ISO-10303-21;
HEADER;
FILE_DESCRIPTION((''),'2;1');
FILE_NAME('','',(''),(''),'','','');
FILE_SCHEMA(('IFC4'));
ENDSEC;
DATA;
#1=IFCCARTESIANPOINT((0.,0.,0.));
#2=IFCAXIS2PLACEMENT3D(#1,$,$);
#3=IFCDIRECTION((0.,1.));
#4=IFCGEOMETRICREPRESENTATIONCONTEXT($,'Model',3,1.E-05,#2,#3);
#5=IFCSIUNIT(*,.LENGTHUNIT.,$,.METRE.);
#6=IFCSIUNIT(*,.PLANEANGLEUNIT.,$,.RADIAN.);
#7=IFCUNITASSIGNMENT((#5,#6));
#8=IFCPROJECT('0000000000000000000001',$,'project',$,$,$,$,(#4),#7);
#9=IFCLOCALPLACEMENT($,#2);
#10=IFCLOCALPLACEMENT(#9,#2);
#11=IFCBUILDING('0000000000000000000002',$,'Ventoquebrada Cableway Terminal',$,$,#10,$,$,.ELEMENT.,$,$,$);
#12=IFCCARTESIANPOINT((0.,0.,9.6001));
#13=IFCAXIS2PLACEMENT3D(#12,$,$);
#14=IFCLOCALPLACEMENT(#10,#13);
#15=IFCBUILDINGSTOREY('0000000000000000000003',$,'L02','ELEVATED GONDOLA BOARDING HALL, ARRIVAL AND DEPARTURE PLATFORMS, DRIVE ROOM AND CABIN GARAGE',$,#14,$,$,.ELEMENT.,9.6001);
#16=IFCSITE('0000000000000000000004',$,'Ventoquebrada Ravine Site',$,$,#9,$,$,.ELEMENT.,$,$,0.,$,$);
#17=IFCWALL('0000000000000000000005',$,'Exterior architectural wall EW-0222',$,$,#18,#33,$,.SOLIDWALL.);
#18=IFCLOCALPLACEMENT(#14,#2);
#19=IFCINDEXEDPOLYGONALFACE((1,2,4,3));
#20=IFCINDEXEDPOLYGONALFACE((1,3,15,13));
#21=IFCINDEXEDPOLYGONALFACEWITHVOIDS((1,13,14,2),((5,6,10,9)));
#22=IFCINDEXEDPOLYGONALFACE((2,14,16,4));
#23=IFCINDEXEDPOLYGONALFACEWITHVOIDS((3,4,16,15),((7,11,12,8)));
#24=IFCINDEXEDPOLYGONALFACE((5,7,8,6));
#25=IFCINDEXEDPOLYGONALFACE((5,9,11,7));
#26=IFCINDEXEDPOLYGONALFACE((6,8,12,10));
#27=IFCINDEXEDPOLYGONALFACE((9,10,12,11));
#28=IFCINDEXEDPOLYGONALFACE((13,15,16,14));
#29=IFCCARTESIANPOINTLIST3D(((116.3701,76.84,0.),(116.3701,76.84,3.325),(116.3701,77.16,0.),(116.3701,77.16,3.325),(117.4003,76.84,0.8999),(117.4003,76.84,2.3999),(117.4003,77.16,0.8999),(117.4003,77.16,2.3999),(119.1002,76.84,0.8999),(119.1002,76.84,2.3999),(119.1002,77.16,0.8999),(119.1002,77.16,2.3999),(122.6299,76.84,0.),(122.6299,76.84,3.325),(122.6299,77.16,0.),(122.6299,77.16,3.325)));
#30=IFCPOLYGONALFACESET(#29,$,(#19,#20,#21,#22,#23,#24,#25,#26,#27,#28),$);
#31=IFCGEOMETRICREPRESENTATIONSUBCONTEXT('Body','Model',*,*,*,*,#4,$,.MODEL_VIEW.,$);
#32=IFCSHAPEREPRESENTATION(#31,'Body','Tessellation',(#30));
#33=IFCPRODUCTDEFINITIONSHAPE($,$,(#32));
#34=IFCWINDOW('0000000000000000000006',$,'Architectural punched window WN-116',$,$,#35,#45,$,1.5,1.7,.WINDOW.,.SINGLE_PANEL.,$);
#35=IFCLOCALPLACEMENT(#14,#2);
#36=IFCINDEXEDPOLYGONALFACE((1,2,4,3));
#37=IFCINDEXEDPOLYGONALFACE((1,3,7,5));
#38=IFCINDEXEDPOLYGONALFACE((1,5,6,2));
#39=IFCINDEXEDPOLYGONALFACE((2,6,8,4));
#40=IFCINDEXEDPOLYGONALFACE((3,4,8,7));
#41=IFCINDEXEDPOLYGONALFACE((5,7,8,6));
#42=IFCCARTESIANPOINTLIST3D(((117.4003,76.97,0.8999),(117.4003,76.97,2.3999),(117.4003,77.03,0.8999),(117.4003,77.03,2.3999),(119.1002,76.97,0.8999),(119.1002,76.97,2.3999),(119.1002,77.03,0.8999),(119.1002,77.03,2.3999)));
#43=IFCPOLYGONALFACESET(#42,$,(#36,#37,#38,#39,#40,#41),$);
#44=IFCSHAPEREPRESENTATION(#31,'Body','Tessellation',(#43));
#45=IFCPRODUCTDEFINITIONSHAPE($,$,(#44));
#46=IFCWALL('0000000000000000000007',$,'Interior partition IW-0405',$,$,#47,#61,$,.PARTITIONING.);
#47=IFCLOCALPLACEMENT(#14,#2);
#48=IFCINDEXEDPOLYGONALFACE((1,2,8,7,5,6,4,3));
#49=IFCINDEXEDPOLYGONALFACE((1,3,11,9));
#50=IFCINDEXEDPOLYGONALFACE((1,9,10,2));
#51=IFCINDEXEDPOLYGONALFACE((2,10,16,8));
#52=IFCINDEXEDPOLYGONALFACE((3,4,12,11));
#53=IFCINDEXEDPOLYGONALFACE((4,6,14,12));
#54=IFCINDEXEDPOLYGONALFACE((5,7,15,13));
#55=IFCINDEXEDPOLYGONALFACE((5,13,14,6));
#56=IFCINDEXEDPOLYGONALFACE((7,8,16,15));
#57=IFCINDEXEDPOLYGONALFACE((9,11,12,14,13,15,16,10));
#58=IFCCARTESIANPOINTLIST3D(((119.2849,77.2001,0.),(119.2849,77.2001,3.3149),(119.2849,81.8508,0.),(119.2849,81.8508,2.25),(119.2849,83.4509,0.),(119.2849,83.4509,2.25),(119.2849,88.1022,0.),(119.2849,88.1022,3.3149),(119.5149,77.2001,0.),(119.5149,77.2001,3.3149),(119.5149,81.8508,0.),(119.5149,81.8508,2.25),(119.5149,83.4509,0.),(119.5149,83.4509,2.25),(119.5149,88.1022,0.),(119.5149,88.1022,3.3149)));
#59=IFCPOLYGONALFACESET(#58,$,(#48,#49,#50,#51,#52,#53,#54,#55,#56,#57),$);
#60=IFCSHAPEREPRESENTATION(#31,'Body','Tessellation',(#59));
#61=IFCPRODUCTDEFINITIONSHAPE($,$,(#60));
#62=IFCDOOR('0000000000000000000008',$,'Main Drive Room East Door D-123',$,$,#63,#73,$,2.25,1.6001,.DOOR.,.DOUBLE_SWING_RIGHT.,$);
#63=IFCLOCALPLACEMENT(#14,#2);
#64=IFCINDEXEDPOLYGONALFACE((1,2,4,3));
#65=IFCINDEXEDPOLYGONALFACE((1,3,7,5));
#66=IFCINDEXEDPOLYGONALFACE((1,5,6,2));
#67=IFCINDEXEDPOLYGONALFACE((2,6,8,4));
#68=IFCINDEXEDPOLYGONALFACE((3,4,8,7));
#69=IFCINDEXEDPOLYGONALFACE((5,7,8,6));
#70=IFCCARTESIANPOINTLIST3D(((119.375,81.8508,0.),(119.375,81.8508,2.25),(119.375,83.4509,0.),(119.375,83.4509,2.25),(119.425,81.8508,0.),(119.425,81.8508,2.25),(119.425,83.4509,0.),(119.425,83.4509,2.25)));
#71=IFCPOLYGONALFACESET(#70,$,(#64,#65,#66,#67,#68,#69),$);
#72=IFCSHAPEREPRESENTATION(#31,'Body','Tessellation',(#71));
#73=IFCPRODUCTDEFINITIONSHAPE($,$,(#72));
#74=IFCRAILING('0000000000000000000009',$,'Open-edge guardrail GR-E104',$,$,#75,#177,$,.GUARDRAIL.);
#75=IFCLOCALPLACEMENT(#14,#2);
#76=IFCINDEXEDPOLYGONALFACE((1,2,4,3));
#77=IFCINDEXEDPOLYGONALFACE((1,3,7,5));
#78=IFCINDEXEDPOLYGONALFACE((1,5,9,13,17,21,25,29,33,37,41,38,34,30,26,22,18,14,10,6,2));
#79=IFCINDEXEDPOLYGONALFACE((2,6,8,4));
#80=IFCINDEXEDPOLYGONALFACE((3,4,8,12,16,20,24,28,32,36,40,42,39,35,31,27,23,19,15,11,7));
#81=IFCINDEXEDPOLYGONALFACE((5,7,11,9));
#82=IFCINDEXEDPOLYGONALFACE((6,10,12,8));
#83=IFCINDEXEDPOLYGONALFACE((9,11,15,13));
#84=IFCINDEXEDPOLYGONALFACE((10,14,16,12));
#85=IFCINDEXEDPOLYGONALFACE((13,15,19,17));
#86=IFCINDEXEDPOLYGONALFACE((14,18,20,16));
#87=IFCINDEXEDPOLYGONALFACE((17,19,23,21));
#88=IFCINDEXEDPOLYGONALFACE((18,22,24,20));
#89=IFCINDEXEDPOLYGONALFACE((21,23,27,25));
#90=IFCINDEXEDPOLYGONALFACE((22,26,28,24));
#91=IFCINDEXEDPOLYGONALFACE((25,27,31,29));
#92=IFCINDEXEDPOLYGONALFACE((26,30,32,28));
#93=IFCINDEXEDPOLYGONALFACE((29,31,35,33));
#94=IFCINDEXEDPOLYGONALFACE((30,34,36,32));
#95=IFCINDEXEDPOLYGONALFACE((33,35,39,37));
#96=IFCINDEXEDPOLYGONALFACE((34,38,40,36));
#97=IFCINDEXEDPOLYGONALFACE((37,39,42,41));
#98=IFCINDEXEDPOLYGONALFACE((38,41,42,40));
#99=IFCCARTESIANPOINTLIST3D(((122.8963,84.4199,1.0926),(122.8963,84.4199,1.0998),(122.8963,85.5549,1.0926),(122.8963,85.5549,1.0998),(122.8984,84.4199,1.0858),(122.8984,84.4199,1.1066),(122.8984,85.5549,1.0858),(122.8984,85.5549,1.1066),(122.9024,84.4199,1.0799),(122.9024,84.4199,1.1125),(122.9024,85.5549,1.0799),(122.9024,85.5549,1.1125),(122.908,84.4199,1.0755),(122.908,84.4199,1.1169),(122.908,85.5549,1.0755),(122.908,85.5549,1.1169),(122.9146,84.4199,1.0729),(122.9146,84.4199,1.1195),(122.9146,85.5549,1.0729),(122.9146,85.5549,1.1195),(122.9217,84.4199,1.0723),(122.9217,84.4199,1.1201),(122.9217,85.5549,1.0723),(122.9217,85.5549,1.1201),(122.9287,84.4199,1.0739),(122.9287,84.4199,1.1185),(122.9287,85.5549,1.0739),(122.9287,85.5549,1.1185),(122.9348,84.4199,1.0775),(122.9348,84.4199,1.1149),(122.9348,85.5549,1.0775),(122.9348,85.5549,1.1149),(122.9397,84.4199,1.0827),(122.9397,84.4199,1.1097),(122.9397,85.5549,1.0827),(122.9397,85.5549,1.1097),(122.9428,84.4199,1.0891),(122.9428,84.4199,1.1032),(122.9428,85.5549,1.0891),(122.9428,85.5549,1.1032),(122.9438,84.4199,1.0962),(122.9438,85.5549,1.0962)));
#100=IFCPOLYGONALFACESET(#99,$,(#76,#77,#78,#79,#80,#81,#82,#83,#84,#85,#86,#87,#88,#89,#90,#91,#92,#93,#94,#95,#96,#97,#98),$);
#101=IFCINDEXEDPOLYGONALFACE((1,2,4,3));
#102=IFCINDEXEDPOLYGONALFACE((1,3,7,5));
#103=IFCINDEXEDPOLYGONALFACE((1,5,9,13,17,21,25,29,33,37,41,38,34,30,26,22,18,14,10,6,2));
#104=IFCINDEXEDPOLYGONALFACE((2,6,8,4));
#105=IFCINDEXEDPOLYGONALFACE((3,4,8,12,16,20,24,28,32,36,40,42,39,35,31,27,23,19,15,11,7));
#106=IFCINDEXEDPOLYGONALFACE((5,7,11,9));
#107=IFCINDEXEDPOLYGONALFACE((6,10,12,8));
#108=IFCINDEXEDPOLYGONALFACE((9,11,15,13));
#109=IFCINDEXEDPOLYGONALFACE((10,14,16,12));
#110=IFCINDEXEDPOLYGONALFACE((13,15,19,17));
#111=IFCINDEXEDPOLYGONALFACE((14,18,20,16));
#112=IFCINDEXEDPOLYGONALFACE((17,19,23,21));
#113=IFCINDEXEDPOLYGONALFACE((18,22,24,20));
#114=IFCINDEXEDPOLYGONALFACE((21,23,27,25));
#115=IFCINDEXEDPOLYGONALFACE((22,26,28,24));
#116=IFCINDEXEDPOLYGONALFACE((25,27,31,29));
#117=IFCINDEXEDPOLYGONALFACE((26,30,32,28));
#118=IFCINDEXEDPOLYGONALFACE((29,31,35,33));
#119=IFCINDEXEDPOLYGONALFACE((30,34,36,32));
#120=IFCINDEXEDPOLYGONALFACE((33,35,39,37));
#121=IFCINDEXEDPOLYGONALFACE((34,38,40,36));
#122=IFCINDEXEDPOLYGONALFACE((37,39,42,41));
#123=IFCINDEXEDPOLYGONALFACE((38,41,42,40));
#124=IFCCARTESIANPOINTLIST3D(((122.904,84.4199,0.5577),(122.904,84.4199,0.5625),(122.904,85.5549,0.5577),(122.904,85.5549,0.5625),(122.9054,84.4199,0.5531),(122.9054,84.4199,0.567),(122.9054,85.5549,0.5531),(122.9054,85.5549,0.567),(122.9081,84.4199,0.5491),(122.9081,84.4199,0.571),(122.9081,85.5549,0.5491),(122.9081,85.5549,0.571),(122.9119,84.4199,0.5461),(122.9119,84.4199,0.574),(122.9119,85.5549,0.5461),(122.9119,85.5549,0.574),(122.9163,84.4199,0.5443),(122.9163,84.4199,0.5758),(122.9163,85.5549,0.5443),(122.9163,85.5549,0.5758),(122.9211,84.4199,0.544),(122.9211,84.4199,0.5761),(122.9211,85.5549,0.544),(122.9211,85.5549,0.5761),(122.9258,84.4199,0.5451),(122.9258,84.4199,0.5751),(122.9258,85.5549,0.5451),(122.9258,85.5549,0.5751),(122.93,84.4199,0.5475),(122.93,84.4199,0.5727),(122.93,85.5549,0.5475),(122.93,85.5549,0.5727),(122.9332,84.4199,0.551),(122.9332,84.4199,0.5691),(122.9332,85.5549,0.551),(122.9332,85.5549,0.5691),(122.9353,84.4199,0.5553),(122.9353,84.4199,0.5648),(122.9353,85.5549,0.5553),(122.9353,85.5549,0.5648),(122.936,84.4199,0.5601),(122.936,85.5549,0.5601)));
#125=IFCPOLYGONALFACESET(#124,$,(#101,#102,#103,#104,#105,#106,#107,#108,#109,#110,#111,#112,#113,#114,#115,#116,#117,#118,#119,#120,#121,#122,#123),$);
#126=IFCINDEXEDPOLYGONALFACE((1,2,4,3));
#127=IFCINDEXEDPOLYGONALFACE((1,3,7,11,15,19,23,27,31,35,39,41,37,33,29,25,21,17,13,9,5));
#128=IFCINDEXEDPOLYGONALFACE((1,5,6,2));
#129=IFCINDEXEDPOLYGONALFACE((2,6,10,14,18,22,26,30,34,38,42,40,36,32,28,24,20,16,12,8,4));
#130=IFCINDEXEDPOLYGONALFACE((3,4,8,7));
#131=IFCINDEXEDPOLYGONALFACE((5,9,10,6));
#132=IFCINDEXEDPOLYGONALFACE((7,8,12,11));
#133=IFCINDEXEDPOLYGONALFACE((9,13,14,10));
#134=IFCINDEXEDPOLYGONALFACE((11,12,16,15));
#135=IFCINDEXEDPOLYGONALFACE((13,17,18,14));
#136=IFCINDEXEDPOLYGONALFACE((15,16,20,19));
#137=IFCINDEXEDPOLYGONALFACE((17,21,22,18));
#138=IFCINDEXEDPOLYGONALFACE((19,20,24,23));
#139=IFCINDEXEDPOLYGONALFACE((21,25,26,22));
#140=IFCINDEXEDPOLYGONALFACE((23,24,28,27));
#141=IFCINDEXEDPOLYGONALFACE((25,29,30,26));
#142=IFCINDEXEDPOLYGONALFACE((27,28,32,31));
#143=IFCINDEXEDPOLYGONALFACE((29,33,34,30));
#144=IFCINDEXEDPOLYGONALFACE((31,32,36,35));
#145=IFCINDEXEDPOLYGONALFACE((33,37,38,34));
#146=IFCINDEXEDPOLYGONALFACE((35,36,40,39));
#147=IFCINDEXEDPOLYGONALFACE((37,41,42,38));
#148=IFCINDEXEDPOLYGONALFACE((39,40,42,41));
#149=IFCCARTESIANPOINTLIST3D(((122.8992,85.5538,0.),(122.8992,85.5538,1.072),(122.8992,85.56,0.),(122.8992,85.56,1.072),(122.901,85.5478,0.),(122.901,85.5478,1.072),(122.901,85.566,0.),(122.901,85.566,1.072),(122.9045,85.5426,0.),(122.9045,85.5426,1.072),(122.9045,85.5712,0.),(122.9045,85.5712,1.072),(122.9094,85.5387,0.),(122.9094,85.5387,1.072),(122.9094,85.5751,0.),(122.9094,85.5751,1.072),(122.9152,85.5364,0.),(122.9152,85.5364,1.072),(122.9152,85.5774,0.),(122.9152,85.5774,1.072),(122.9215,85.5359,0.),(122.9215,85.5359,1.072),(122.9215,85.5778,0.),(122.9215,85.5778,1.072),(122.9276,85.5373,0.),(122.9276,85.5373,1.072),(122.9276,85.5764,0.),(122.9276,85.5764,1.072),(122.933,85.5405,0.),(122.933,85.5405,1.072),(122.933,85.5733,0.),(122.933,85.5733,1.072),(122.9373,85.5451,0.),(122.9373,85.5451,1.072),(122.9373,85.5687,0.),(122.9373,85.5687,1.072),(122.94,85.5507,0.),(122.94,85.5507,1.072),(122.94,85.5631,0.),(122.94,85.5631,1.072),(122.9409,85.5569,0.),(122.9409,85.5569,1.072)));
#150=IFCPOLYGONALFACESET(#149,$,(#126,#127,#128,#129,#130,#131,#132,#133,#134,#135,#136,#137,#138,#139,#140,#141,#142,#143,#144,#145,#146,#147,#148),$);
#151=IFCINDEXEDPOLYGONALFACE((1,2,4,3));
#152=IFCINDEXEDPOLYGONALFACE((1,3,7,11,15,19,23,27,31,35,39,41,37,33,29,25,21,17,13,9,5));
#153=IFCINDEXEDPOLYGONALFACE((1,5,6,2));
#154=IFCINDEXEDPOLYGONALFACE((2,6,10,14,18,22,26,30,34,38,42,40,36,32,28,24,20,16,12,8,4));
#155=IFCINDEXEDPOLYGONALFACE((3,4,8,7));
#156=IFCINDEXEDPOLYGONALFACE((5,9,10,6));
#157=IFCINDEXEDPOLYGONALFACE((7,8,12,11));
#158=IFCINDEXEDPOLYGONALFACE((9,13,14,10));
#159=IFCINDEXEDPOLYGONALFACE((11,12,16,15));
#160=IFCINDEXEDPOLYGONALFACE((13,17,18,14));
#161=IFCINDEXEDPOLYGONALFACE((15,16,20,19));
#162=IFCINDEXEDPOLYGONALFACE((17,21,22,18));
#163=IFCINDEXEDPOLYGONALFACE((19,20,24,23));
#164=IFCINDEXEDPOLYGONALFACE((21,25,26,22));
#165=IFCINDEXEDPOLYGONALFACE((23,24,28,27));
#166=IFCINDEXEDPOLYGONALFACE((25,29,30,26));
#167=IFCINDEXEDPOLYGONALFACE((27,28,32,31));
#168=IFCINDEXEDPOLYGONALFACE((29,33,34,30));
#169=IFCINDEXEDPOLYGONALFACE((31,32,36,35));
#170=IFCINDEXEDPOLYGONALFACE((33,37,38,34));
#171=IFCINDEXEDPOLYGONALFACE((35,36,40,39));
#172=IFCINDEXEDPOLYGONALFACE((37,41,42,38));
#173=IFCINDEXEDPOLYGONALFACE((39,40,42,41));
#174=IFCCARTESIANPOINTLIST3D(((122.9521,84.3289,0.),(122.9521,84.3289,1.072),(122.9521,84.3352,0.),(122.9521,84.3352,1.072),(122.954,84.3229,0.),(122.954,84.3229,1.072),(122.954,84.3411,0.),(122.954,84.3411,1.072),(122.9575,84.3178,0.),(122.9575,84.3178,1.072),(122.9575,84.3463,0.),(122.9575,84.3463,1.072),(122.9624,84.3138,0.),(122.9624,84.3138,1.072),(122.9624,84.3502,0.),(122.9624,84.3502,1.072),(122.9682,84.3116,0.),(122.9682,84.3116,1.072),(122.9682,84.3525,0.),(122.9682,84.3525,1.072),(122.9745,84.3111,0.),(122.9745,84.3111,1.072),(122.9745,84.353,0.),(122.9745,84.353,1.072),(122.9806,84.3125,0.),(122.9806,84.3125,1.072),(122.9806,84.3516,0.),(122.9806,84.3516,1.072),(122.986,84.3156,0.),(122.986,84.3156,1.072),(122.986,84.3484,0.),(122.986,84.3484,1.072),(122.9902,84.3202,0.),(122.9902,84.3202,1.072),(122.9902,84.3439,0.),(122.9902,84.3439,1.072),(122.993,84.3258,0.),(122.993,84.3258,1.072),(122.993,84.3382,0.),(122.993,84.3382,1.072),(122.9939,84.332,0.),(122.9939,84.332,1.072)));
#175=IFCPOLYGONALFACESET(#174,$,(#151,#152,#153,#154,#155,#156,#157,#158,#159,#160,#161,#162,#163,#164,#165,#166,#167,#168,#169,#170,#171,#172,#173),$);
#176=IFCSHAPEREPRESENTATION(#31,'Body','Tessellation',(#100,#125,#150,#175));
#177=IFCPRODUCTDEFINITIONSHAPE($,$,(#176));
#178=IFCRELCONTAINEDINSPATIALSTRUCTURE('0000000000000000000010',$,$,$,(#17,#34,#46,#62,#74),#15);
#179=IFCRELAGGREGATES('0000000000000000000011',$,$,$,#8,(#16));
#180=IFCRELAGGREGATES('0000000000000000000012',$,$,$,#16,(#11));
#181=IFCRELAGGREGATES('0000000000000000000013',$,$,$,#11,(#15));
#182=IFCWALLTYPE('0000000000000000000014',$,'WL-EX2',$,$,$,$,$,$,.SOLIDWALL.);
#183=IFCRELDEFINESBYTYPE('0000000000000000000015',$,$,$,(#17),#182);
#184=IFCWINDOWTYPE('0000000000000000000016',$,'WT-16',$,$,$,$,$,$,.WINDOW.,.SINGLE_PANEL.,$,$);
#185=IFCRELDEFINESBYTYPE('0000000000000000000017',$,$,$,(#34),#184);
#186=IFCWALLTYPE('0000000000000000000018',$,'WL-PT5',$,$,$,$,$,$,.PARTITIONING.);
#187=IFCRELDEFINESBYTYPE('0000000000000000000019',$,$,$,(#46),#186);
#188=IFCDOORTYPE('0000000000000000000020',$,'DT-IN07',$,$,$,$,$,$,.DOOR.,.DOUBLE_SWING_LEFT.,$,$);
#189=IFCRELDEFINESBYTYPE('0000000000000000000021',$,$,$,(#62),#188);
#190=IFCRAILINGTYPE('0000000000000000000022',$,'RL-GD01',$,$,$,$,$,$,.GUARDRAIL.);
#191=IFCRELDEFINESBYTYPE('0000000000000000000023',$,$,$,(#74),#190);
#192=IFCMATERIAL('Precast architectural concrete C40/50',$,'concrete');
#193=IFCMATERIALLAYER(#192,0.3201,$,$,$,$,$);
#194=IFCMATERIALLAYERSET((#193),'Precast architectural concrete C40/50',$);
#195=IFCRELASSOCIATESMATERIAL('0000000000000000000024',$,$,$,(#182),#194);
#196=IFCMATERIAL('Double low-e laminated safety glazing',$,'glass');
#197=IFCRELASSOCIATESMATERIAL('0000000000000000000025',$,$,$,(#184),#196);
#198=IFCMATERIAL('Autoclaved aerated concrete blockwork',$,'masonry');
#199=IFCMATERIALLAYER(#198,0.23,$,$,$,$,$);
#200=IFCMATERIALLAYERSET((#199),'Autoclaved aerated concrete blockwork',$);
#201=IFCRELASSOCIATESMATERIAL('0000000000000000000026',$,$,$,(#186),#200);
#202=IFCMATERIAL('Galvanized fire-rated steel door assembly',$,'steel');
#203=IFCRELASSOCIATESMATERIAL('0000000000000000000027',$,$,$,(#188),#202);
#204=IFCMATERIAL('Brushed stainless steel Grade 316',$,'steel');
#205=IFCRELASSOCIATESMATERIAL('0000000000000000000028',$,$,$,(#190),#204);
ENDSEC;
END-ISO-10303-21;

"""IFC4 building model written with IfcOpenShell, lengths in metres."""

from ifc_helpers import new_model, si_unit, direction, frame, frame_2d, origin, origin_2d, place, context, subcontext, project, spatial, rectangle, circle, extrude, material, layer, layer_set, type_object, element, fill, save


model = new_model("IFC4")

# Units and contexts
model_context = context("Model", 3, precision=1e-05, world=origin(), true_north=direction((0.0, 1.0)))
body_context = subcontext(model_context, "Body", "Model", "MODEL_VIEW")
ifc_project = project(units=[si_unit("LENGTHUNIT", "METRE"), si_unit("PLANEANGLEUNIT", "RADIAN")], contexts=[model_context])

# Site, building, storey
site_placement = place(None, origin())
site = spatial("IfcSite", under=ifc_project, at=site_placement, Name="Ventoquebrada Ravine Site", CompositionType="ELEMENT", RefElevation=0.0)
building_placement = place(site_placement, origin())
building = spatial("IfcBuilding", under=site, at=building_placement, Name="Ventoquebrada Cableway Terminal", CompositionType="ELEMENT")
storey_placement = place(building_placement, frame((0.0, 0.0, 9.6001)))
storey = spatial("IfcBuildingStorey", under=building, at=storey_placement, Name="L02", Description="ELEVATED GONDOLA BOARDING HALL, ARRIVAL AND DEPARTURE PLATFORMS, DRIVE ROOM AND CABIN GARAGE", CompositionType="ELEMENT", Elevation=9.6001)

# Wall, opening, window
ifc_material_1 = material(Name="Precast architectural concrete C40/50", Category="concrete")
ifc_material_2 = material(Name="Double low-e laminated safety glazing", Category="glass")
ifc_layer_1 = layer(ifc_material_1, 0.3201)
ifc_layer_set_1 = layer_set([ifc_layer_1], Name="Precast architectural concrete C40/50")
wall_type_1 = type_object("IfcWallType", Name="WL-EX2", PredefinedType="SOLIDWALL", material=ifc_layer_set_1)
wall_1_placement = place(storey_placement, frame((116.3701, 77.0, 0.0), z_axis=(0.0, 0.0, 1.0), x_axis=(1.0, 0.0, 0.0)))
wall_1 = element("IfcWall", 1, at=wall_1_placement, inside=storey, type_object=wall_type_1, Name="Exterior architectural wall EW-0222", PredefinedType="SOLIDWALL", context=body_context, shape_type="SweptSolid", body=[
    extrude(rectangle(XDim=6.2598, YDim=0.3201, at=frame_2d((3.1299, 0.0))), origin(), (0.0, 0.0, 1.0), 3.325),
])
opening_1_placement = place(wall_1_placement, frame((1.03, 0.0, 0.8999)))
opening_1 = element("IfcOpeningElement", 2, at=opening_1_placement, cuts=wall_1, PredefinedType="OPENING", context=body_context, shape_type="SweptSolid", body=[
    extrude(rectangle(XDim=1.7, YDim=1.5, at=frame_2d((0.8501, 0.75))), frame((0.0, 0.1699, 0.0), z_axis=(0.0, -1.0, 0.0), x_axis=(1.0, 0.0, 0.0)), (0.0, 0.0, 1.0), 0.3401),
])
window_type_1 = type_object("IfcWindowType", Name="WT-16", PartitioningType="SINGLE_PANEL", PredefinedType="WINDOW", material=ifc_material_2)
window_1_placement = place(opening_1_placement, origin())
window_1 = element("IfcWindow", 3, at=window_1_placement, inside=storey, type_object=window_type_1, Name="Architectural punched window WN-116", OverallHeight=1.5, OverallWidth=1.7, PartitioningType="SINGLE_PANEL", PredefinedType="WINDOW", context=body_context, shape_type="SweptSolid", body=[
    extrude(rectangle(XDim=1.7, YDim=1.5, at=frame_2d((0.8501, 0.75))), frame((0.0, 0.03, 0.0), z_axis=(0.0, -1.0, 0.0), x_axis=(1.0, 0.0, 0.0)), (0.0, 0.0, 1.0), 0.0601),
])
fill(opening_1, window_1)

# Wall, opening, door
ifc_material_3 = material(Name="Autoclaved aerated concrete blockwork", Category="masonry")
ifc_layer_2 = layer(ifc_material_3, 0.23)
ifc_layer_set_2 = layer_set([ifc_layer_2], Name="Autoclaved aerated concrete blockwork")
wall_type_2 = type_object("IfcWallType", Name="WL-PT5", PredefinedType="PARTITIONING", material=ifc_layer_set_2)
wall_2_placement = place(storey_placement, frame((119.3999, 77.2, 0.0), z_axis=(0.0, 0.0, 1.0), x_axis=(0.0, 1.0, 0.0)))
wall_2 = element("IfcWall", 4, at=wall_2_placement, inside=storey, type_object=wall_type_2, Name="Interior partition IW-0405", PredefinedType="PARTITIONING", context=body_context, shape_type="SweptSolid", body=[
    extrude(rectangle(XDim=10.9021, YDim=0.23, at=frame_2d((5.4512, 0.0))), origin(), (0.0, 0.0, 1.0), 3.3149),
])
opening_2_placement = place(wall_2_placement, frame((4.6509, 0.0, 0.0)))
opening_2 = element("IfcOpeningElement", 5, at=opening_2_placement, cuts=wall_2, PredefinedType="OPENING", context=body_context, shape_type="SweptSolid", body=[
    extrude(rectangle(XDim=1.6001, YDim=2.25, at=frame_2d((0.8, 1.125))), frame((0.0, 0.125, 0.0), z_axis=(0.0, -1.0, 0.0), x_axis=(1.0, 0.0, 0.0)), (0.0, 0.0, 1.0), 0.25),
])
ifc_material_4 = material(Name="Galvanized fire-rated steel door assembly", Category="steel")
door_type = type_object("IfcDoorType", Name="DT-IN07", OperationType="DOUBLE_SWING_LEFT", PredefinedType="DOOR", material=ifc_material_4)
door_placement = place(opening_2_placement, origin())
door = element("IfcDoor", 6, at=door_placement, inside=storey, type_object=door_type, Name="Main Drive Room East Door D-123", OperationType="DOUBLE_SWING_RIGHT", OverallHeight=2.25, OverallWidth=1.6001, PredefinedType="DOOR", context=body_context, shape_type="SweptSolid", body=[
    extrude(rectangle(XDim=1.6001, YDim=2.25, at=frame_2d((0.8, 1.125))), frame((0.0, 0.0249, 0.0), z_axis=(0.0, -1.0, 0.0), x_axis=(1.0, 0.0, 0.0)), (0.0, 0.0, 1.0), 0.05),
])
fill(opening_2, door)

# Railing
ifc_material_5 = material(Name="Brushed stainless steel Grade 316", Category="steel")
railing_type_1 = type_object("IfcRailingType", Name="RL-GD01", PredefinedType="GUARDRAIL", material=ifc_material_5)
railing_1_placement = place(storey_placement, frame((122.9199, 85.5569, 0.0)))
element("IfcRailing", 7, at=railing_1_placement, inside=storey, type_object=railing_type_1, Name="Open-edge guardrail GR-E104", PredefinedType="GUARDRAIL", context=body_context, shape_type="SweptSolid", body=[
    extrude(circle(Radius=0.0239, at=origin_2d()), frame((0.0, -0.002, 1.0962), z_axis=(0.0, -1.0, 0.0), x_axis=(1.0, 0.0, 0.0)), (0.0, 0.0, 1.0), 1.135),
    extrude(circle(Radius=0.0161, at=origin_2d()), frame((0.0, -0.002, 0.5601), z_axis=(0.0, -1.0, 0.0), x_axis=(1.0, 0.0, 0.0)), (0.0, 0.0, 1.0), 1.135),
    extrude(circle(Radius=0.021, at=origin_2d()), origin(), (0.0, 0.0, 1.0), 1.072),
    extrude(circle(Radius=0.021, at=origin_2d()), frame((0.053, -1.2249, 0.0)), (0.0, 0.0, 1.0), 1.072),
])

save(model, "model.ifc")
